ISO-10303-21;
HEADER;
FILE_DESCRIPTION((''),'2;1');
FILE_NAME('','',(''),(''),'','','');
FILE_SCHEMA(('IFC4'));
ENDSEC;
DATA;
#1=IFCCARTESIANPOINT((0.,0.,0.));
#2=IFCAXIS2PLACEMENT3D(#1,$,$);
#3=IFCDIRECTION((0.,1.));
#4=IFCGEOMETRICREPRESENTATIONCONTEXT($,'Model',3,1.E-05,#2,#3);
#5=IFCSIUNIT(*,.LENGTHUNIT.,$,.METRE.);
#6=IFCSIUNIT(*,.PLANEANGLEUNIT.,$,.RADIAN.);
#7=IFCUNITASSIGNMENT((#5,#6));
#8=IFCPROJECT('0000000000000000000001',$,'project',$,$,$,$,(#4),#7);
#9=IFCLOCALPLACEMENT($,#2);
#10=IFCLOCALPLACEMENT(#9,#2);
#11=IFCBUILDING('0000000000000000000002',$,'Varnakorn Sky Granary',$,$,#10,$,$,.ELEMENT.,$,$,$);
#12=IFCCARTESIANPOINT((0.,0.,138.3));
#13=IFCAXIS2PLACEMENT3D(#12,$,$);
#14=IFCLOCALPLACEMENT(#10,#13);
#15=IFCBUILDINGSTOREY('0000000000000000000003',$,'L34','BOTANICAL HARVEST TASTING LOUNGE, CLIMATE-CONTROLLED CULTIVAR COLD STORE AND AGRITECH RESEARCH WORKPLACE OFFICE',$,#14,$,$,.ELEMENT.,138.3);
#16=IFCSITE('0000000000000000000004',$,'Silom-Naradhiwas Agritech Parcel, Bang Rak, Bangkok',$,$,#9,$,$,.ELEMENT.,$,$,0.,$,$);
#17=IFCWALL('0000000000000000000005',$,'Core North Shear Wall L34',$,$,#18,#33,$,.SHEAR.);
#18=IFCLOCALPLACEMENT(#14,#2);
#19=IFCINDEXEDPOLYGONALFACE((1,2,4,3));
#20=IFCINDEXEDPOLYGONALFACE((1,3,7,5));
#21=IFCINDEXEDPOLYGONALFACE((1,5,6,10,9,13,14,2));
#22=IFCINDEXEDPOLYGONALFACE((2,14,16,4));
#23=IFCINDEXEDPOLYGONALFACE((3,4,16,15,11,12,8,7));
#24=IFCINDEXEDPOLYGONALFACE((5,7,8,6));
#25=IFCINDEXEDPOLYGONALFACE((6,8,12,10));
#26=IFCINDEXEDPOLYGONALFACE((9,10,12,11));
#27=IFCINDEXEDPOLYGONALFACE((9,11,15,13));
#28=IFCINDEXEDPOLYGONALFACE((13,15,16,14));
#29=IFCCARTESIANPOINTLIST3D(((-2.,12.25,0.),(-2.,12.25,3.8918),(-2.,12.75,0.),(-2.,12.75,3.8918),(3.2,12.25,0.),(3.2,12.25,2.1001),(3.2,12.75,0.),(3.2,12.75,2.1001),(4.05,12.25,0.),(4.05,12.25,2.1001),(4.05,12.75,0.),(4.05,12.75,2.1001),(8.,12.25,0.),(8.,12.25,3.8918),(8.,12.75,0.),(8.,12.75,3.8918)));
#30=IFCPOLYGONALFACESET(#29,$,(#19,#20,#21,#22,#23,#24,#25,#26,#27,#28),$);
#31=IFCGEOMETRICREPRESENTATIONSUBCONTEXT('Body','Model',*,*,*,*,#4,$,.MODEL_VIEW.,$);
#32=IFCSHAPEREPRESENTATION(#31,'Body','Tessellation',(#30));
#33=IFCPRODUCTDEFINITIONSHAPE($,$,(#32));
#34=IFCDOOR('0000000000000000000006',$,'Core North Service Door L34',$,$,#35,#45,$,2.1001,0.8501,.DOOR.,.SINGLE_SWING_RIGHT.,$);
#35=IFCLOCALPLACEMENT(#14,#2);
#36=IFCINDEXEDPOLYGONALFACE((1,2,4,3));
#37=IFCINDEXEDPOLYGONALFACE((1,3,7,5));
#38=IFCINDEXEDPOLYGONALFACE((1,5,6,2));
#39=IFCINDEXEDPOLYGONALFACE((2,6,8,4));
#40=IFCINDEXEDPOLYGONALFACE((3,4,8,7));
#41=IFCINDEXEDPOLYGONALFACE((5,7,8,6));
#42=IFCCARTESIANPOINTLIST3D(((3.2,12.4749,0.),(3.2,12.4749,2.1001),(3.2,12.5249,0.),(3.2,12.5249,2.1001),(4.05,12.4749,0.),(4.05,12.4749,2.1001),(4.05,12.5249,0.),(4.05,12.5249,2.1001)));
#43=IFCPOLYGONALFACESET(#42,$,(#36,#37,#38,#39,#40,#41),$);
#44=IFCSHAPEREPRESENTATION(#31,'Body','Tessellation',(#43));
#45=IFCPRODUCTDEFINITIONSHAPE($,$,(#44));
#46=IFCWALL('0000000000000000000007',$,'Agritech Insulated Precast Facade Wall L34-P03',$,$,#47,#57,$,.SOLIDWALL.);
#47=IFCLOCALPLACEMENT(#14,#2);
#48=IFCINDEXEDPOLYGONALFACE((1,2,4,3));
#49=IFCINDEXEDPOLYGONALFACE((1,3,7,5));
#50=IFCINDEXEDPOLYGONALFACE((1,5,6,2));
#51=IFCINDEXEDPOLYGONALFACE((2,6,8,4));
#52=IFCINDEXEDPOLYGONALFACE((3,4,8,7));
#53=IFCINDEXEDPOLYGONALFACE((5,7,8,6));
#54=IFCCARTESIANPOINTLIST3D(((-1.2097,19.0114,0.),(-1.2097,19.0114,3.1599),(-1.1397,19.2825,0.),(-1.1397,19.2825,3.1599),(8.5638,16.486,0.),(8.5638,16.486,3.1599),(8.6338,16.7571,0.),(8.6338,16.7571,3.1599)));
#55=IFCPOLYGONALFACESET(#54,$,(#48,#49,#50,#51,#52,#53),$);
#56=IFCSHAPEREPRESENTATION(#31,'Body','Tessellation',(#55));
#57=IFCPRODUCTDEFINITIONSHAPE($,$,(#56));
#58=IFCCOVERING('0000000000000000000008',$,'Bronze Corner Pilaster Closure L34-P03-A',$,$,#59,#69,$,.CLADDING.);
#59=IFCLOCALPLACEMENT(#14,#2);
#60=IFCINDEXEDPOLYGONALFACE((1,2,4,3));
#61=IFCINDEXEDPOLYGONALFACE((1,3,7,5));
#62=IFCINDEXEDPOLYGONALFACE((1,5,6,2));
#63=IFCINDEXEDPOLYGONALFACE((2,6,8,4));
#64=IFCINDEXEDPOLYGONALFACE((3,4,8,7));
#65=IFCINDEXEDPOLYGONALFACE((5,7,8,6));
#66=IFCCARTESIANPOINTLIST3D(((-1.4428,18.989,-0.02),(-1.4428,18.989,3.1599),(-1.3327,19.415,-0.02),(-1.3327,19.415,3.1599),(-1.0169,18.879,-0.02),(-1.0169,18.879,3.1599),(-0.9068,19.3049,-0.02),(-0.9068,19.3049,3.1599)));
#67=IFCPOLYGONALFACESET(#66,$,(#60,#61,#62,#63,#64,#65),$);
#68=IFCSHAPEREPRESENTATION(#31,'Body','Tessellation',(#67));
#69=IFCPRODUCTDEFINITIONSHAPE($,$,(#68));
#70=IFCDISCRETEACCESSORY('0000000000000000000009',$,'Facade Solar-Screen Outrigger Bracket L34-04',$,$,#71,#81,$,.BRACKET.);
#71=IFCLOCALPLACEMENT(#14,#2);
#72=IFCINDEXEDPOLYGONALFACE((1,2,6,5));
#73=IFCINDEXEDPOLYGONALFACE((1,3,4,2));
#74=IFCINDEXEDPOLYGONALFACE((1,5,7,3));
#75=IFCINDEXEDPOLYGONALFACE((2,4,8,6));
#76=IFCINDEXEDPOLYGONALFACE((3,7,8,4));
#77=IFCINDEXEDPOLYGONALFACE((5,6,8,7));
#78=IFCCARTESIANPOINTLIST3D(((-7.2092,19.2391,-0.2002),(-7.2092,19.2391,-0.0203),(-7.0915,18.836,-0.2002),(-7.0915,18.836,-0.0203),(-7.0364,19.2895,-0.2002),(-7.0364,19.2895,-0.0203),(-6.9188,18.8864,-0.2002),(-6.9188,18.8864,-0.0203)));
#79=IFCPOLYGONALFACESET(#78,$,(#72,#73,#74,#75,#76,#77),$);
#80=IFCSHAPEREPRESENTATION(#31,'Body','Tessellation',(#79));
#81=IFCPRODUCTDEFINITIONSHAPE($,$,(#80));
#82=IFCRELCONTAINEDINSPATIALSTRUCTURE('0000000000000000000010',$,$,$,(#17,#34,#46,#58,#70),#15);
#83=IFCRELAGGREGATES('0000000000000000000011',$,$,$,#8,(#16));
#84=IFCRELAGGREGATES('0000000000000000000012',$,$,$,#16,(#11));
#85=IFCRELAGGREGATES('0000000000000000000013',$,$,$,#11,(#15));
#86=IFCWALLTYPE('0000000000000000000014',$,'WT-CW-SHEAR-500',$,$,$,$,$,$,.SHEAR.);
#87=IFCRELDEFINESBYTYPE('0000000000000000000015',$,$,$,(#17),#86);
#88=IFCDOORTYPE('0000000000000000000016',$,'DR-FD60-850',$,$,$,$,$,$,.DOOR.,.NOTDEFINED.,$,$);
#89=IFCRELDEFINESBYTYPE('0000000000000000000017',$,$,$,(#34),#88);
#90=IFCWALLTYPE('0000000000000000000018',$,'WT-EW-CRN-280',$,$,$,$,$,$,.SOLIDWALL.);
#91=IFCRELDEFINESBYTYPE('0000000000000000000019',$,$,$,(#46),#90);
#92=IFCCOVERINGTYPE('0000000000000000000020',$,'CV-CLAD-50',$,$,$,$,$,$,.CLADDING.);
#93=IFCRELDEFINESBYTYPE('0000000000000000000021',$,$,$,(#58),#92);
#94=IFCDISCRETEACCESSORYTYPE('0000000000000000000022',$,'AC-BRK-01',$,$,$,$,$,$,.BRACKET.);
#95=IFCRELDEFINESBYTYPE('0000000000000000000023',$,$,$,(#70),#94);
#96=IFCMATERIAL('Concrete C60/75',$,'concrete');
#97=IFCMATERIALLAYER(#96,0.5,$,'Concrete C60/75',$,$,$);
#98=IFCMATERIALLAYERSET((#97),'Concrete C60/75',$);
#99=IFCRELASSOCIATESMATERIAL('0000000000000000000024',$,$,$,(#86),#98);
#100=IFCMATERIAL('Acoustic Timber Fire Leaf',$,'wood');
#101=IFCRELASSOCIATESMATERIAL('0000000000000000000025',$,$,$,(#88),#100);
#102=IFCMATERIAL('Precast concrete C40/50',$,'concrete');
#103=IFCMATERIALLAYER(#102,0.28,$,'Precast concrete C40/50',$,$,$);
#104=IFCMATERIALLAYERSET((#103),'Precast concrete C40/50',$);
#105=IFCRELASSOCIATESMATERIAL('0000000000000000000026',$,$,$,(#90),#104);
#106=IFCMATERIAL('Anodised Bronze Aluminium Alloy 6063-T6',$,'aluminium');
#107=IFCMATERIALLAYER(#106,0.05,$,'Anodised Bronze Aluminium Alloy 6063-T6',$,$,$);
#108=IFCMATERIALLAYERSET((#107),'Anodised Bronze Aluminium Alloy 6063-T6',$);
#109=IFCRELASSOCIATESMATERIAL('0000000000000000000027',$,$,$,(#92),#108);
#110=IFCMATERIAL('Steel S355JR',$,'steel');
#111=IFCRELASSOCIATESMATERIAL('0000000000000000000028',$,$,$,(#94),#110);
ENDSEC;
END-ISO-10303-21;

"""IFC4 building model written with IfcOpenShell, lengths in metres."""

from ifc_helpers import new_model, si_unit, direction, frame, frame_2d, origin, origin_2d, place, context, subcontext, project, spatial, rectangle, extrude, source, transform, mapped, material, layer, layer_set, type_object, type_shapes, element, fill, save


model = new_model("IFC4")

# Units and contexts
model_context = context("Model", 3, precision=1e-05, world=origin(), true_north=direction((0.0, 1.0)))
body_context = subcontext(model_context, "Body", "Model", "MODEL_VIEW")
ifc_project = project(units=[si_unit("LENGTHUNIT", "METRE"), si_unit("PLANEANGLEUNIT", "RADIAN")], contexts=[model_context])

# Site, building, storey
site_placement = place(None, origin())
site = spatial("IfcSite", under=ifc_project, at=site_placement, Name="Silom-Naradhiwas Agritech Parcel, Bang Rak, Bangkok", CompositionType="ELEMENT", RefElevation=0.0)
building_placement = place(site_placement, origin())
building = spatial("IfcBuilding", under=site, at=building_placement, Name="Varnakorn Sky Granary", CompositionType="ELEMENT")
storey_placement = place(building_placement, frame((0.0, 0.0, 138.3)))
storey = spatial("IfcBuildingStorey", under=building, at=storey_placement, Name="L34", Description="BOTANICAL HARVEST TASTING LOUNGE, CLIMATE-CONTROLLED CULTIVAR COLD STORE AND AGRITECH RESEARCH WORKPLACE OFFICE", CompositionType="ELEMENT", Elevation=138.3)

# Shared definitions
ifc_material_1 = material(Name="Steel S355JR", Category="steel")

# Shared definitions
ifc_material_2 = material(Name="Anodised Bronze Aluminium Alloy 6063-T6", Category="aluminium")

# Wall, opening, door
ifc_material_3 = material(Name="Concrete C60/75", Category="concrete")
ifc_layer_1 = layer(ifc_material_3, 0.5, Name="Concrete C60/75")
ifc_layer_set_1 = layer_set([ifc_layer_1], Name="Concrete C60/75")
wall_type_1 = type_object("IfcWallType", Name="WT-CW-SHEAR-500", PredefinedType="SHEAR", material=ifc_layer_set_1)
wall_1_placement = place(storey_placement, frame((-2.0, 12.5, 0.0), z_axis=(0.0, 0.0, 1.0), x_axis=(1.0, 0.0, 0.0)))
wall_1 = element("IfcWall", 1, at=wall_1_placement, inside=storey, type_object=wall_type_1, Name="Core North Shear Wall L34", PredefinedType="SHEAR", context=body_context, shape_type="SweptSolid", body=[
    extrude(rectangle(XDim=10.0, YDim=0.5, at=frame_2d((5.0, 0.0))), origin(), (0.0, 0.0, 1.0), 3.8918),
])
opening_placement = place(wall_1_placement, frame((5.2, 0.0, 0.0)))
opening = element("IfcOpeningElement", 2, at=opening_placement, cuts=wall_1, PredefinedType="OPENING", context=body_context, shape_type="SweptSolid", body=[
    extrude(rectangle(XDim=0.8501, YDim=2.1001, at=frame_2d((0.425, 1.05))), frame((0.0, 0.26, 0.0), z_axis=(0.0, -1.0, 0.0), x_axis=(1.0, 0.0, 0.0)), (0.0, 0.0, 1.0), 0.52),
])
ifc_material_4 = material(Name="Acoustic Timber Fire Leaf", Category="wood")
door_type = type_object("IfcDoorType", Name="DR-FD60-850", OperationType="NOTDEFINED", PredefinedType="DOOR", material=ifc_material_4)
door_placement = place(opening_placement, origin())
door = element("IfcDoor", 3, at=door_placement, inside=storey, type_object=door_type, Name="Core North Service Door L34", OperationType="SINGLE_SWING_RIGHT", OverallHeight=2.1001, OverallWidth=0.8501, PredefinedType="DOOR", context=body_context, shape_type="SweptSolid", body=[
    extrude(rectangle(XDim=0.8501, YDim=2.1001, at=frame_2d((0.425, 1.05))), frame((0.0, 0.0249, 0.0), z_axis=(0.0, -1.0, 0.0), x_axis=(1.0, 0.0, 0.0)), (0.0, 0.0, 1.0), 0.05),
])
fill(opening, door)

# Wall
ifc_material_5 = material(Name="Precast concrete C40/50", Category="concrete")
ifc_layer_2 = layer(ifc_material_5, 0.28, Name="Precast concrete C40/50")
ifc_layer_set_2 = layer_set([ifc_layer_2], Name="Precast concrete C40/50")
wall_type_2 = type_object("IfcWallType", Name="WT-EW-CRN-280", PredefinedType="SOLIDWALL", material=ifc_layer_set_2)
wall_2_placement = place(storey_placement, frame((-1.1748, 19.147, 0.0), z_axis=(0.0, 0.0, 1.0), x_axis=(0.9682, -0.250176, 0.0)))
element("IfcWall", 4, at=wall_2_placement, inside=storey, type_object=wall_type_2, Name="Agritech Insulated Precast Facade Wall L34-P03", PredefinedType="SOLIDWALL", context=body_context, shape_type="SweptSolid", body=[
    extrude(rectangle(XDim=10.0945, YDim=0.28, at=frame_2d((5.0474, 0.0))), origin(), (0.0, 0.0, 1.0), 3.1599),
])

# Covering
ifc_layer_3 = layer(ifc_material_2, 0.05, Name="Anodised Bronze Aluminium Alloy 6063-T6")
ifc_layer_set_3 = layer_set([ifc_layer_3], Name="Anodised Bronze Aluminium Alloy 6063-T6")
covering_type = type_object("IfcCoveringType", Name="CV-CLAD-50", PredefinedType="CLADDING", material=ifc_layer_set_3)
shared_shape_1 = source(origin(), body_context, "Body", "SweptSolid", [
    extrude(rectangle(XDim=0.4399, YDim=0.4399, at=origin_2d()), origin(), (0.0, 0.0, 1.0), 3.1799),
])
type_shapes(covering_type, [shared_shape_1])
covering_placement = place(storey_placement, frame((-1.1748, 19.147, -0.02), z_axis=(0.0, 0.0, 1.0), x_axis=(0.968191, -0.250211, 0.0)))
element("IfcCovering", 5, at=covering_placement, inside=storey, type_object=covering_type, Name="Bronze Corner Pilaster Closure L34-P03-A", PredefinedType="CLADDING", context=body_context, shape_type="MappedRepresentation", body=[
    mapped(shared_shape_1, transform((0.0, 0.0, 0.0), x_axis=(1.0, 0.0, 0.0), y_axis=(0.0, 1.0, 0.0), z_axis=(0.0, 0.0, 1.0), scale=1.0)),
])

# Discrete accessory
discrete_accessory_type = type_object("IfcDiscreteAccessoryType", Name="AC-BRK-01", PredefinedType="BRACKET", material=ifc_material_1)
shared_shape_2 = source(origin(), body_context, "Body", "SweptSolid", [
    extrude(rectangle(XDim=0.1799, YDim=0.4199, at=origin_2d()), origin(), (0.0, 0.0, 1.0), 0.1799),
])
type_shapes(discrete_accessory_type, [shared_shape_2])
discrete_accessory_placement = place(storey_placement, frame((-7.064, 19.0627, -0.2002), z_axis=(0.0, 0.0, 1.0), x_axis=(-0.959945, -0.280188, 0.0)))
element("IfcDiscreteAccessory", 6, at=discrete_accessory_placement, inside=storey, type_object=discrete_accessory_type, Name="Facade Solar-Screen Outrigger Bracket L34-04", PredefinedType="BRACKET", context=body_context, shape_type="MappedRepresentation", body=[
    mapped(shared_shape_2, transform((0.0, 0.0, 0.0), x_axis=(1.0, 0.0, 0.0), y_axis=(0.0, 1.0, 0.0), z_axis=(0.0, 0.0, 1.0), scale=1.0)),
])

save(model, "model.ifc")
